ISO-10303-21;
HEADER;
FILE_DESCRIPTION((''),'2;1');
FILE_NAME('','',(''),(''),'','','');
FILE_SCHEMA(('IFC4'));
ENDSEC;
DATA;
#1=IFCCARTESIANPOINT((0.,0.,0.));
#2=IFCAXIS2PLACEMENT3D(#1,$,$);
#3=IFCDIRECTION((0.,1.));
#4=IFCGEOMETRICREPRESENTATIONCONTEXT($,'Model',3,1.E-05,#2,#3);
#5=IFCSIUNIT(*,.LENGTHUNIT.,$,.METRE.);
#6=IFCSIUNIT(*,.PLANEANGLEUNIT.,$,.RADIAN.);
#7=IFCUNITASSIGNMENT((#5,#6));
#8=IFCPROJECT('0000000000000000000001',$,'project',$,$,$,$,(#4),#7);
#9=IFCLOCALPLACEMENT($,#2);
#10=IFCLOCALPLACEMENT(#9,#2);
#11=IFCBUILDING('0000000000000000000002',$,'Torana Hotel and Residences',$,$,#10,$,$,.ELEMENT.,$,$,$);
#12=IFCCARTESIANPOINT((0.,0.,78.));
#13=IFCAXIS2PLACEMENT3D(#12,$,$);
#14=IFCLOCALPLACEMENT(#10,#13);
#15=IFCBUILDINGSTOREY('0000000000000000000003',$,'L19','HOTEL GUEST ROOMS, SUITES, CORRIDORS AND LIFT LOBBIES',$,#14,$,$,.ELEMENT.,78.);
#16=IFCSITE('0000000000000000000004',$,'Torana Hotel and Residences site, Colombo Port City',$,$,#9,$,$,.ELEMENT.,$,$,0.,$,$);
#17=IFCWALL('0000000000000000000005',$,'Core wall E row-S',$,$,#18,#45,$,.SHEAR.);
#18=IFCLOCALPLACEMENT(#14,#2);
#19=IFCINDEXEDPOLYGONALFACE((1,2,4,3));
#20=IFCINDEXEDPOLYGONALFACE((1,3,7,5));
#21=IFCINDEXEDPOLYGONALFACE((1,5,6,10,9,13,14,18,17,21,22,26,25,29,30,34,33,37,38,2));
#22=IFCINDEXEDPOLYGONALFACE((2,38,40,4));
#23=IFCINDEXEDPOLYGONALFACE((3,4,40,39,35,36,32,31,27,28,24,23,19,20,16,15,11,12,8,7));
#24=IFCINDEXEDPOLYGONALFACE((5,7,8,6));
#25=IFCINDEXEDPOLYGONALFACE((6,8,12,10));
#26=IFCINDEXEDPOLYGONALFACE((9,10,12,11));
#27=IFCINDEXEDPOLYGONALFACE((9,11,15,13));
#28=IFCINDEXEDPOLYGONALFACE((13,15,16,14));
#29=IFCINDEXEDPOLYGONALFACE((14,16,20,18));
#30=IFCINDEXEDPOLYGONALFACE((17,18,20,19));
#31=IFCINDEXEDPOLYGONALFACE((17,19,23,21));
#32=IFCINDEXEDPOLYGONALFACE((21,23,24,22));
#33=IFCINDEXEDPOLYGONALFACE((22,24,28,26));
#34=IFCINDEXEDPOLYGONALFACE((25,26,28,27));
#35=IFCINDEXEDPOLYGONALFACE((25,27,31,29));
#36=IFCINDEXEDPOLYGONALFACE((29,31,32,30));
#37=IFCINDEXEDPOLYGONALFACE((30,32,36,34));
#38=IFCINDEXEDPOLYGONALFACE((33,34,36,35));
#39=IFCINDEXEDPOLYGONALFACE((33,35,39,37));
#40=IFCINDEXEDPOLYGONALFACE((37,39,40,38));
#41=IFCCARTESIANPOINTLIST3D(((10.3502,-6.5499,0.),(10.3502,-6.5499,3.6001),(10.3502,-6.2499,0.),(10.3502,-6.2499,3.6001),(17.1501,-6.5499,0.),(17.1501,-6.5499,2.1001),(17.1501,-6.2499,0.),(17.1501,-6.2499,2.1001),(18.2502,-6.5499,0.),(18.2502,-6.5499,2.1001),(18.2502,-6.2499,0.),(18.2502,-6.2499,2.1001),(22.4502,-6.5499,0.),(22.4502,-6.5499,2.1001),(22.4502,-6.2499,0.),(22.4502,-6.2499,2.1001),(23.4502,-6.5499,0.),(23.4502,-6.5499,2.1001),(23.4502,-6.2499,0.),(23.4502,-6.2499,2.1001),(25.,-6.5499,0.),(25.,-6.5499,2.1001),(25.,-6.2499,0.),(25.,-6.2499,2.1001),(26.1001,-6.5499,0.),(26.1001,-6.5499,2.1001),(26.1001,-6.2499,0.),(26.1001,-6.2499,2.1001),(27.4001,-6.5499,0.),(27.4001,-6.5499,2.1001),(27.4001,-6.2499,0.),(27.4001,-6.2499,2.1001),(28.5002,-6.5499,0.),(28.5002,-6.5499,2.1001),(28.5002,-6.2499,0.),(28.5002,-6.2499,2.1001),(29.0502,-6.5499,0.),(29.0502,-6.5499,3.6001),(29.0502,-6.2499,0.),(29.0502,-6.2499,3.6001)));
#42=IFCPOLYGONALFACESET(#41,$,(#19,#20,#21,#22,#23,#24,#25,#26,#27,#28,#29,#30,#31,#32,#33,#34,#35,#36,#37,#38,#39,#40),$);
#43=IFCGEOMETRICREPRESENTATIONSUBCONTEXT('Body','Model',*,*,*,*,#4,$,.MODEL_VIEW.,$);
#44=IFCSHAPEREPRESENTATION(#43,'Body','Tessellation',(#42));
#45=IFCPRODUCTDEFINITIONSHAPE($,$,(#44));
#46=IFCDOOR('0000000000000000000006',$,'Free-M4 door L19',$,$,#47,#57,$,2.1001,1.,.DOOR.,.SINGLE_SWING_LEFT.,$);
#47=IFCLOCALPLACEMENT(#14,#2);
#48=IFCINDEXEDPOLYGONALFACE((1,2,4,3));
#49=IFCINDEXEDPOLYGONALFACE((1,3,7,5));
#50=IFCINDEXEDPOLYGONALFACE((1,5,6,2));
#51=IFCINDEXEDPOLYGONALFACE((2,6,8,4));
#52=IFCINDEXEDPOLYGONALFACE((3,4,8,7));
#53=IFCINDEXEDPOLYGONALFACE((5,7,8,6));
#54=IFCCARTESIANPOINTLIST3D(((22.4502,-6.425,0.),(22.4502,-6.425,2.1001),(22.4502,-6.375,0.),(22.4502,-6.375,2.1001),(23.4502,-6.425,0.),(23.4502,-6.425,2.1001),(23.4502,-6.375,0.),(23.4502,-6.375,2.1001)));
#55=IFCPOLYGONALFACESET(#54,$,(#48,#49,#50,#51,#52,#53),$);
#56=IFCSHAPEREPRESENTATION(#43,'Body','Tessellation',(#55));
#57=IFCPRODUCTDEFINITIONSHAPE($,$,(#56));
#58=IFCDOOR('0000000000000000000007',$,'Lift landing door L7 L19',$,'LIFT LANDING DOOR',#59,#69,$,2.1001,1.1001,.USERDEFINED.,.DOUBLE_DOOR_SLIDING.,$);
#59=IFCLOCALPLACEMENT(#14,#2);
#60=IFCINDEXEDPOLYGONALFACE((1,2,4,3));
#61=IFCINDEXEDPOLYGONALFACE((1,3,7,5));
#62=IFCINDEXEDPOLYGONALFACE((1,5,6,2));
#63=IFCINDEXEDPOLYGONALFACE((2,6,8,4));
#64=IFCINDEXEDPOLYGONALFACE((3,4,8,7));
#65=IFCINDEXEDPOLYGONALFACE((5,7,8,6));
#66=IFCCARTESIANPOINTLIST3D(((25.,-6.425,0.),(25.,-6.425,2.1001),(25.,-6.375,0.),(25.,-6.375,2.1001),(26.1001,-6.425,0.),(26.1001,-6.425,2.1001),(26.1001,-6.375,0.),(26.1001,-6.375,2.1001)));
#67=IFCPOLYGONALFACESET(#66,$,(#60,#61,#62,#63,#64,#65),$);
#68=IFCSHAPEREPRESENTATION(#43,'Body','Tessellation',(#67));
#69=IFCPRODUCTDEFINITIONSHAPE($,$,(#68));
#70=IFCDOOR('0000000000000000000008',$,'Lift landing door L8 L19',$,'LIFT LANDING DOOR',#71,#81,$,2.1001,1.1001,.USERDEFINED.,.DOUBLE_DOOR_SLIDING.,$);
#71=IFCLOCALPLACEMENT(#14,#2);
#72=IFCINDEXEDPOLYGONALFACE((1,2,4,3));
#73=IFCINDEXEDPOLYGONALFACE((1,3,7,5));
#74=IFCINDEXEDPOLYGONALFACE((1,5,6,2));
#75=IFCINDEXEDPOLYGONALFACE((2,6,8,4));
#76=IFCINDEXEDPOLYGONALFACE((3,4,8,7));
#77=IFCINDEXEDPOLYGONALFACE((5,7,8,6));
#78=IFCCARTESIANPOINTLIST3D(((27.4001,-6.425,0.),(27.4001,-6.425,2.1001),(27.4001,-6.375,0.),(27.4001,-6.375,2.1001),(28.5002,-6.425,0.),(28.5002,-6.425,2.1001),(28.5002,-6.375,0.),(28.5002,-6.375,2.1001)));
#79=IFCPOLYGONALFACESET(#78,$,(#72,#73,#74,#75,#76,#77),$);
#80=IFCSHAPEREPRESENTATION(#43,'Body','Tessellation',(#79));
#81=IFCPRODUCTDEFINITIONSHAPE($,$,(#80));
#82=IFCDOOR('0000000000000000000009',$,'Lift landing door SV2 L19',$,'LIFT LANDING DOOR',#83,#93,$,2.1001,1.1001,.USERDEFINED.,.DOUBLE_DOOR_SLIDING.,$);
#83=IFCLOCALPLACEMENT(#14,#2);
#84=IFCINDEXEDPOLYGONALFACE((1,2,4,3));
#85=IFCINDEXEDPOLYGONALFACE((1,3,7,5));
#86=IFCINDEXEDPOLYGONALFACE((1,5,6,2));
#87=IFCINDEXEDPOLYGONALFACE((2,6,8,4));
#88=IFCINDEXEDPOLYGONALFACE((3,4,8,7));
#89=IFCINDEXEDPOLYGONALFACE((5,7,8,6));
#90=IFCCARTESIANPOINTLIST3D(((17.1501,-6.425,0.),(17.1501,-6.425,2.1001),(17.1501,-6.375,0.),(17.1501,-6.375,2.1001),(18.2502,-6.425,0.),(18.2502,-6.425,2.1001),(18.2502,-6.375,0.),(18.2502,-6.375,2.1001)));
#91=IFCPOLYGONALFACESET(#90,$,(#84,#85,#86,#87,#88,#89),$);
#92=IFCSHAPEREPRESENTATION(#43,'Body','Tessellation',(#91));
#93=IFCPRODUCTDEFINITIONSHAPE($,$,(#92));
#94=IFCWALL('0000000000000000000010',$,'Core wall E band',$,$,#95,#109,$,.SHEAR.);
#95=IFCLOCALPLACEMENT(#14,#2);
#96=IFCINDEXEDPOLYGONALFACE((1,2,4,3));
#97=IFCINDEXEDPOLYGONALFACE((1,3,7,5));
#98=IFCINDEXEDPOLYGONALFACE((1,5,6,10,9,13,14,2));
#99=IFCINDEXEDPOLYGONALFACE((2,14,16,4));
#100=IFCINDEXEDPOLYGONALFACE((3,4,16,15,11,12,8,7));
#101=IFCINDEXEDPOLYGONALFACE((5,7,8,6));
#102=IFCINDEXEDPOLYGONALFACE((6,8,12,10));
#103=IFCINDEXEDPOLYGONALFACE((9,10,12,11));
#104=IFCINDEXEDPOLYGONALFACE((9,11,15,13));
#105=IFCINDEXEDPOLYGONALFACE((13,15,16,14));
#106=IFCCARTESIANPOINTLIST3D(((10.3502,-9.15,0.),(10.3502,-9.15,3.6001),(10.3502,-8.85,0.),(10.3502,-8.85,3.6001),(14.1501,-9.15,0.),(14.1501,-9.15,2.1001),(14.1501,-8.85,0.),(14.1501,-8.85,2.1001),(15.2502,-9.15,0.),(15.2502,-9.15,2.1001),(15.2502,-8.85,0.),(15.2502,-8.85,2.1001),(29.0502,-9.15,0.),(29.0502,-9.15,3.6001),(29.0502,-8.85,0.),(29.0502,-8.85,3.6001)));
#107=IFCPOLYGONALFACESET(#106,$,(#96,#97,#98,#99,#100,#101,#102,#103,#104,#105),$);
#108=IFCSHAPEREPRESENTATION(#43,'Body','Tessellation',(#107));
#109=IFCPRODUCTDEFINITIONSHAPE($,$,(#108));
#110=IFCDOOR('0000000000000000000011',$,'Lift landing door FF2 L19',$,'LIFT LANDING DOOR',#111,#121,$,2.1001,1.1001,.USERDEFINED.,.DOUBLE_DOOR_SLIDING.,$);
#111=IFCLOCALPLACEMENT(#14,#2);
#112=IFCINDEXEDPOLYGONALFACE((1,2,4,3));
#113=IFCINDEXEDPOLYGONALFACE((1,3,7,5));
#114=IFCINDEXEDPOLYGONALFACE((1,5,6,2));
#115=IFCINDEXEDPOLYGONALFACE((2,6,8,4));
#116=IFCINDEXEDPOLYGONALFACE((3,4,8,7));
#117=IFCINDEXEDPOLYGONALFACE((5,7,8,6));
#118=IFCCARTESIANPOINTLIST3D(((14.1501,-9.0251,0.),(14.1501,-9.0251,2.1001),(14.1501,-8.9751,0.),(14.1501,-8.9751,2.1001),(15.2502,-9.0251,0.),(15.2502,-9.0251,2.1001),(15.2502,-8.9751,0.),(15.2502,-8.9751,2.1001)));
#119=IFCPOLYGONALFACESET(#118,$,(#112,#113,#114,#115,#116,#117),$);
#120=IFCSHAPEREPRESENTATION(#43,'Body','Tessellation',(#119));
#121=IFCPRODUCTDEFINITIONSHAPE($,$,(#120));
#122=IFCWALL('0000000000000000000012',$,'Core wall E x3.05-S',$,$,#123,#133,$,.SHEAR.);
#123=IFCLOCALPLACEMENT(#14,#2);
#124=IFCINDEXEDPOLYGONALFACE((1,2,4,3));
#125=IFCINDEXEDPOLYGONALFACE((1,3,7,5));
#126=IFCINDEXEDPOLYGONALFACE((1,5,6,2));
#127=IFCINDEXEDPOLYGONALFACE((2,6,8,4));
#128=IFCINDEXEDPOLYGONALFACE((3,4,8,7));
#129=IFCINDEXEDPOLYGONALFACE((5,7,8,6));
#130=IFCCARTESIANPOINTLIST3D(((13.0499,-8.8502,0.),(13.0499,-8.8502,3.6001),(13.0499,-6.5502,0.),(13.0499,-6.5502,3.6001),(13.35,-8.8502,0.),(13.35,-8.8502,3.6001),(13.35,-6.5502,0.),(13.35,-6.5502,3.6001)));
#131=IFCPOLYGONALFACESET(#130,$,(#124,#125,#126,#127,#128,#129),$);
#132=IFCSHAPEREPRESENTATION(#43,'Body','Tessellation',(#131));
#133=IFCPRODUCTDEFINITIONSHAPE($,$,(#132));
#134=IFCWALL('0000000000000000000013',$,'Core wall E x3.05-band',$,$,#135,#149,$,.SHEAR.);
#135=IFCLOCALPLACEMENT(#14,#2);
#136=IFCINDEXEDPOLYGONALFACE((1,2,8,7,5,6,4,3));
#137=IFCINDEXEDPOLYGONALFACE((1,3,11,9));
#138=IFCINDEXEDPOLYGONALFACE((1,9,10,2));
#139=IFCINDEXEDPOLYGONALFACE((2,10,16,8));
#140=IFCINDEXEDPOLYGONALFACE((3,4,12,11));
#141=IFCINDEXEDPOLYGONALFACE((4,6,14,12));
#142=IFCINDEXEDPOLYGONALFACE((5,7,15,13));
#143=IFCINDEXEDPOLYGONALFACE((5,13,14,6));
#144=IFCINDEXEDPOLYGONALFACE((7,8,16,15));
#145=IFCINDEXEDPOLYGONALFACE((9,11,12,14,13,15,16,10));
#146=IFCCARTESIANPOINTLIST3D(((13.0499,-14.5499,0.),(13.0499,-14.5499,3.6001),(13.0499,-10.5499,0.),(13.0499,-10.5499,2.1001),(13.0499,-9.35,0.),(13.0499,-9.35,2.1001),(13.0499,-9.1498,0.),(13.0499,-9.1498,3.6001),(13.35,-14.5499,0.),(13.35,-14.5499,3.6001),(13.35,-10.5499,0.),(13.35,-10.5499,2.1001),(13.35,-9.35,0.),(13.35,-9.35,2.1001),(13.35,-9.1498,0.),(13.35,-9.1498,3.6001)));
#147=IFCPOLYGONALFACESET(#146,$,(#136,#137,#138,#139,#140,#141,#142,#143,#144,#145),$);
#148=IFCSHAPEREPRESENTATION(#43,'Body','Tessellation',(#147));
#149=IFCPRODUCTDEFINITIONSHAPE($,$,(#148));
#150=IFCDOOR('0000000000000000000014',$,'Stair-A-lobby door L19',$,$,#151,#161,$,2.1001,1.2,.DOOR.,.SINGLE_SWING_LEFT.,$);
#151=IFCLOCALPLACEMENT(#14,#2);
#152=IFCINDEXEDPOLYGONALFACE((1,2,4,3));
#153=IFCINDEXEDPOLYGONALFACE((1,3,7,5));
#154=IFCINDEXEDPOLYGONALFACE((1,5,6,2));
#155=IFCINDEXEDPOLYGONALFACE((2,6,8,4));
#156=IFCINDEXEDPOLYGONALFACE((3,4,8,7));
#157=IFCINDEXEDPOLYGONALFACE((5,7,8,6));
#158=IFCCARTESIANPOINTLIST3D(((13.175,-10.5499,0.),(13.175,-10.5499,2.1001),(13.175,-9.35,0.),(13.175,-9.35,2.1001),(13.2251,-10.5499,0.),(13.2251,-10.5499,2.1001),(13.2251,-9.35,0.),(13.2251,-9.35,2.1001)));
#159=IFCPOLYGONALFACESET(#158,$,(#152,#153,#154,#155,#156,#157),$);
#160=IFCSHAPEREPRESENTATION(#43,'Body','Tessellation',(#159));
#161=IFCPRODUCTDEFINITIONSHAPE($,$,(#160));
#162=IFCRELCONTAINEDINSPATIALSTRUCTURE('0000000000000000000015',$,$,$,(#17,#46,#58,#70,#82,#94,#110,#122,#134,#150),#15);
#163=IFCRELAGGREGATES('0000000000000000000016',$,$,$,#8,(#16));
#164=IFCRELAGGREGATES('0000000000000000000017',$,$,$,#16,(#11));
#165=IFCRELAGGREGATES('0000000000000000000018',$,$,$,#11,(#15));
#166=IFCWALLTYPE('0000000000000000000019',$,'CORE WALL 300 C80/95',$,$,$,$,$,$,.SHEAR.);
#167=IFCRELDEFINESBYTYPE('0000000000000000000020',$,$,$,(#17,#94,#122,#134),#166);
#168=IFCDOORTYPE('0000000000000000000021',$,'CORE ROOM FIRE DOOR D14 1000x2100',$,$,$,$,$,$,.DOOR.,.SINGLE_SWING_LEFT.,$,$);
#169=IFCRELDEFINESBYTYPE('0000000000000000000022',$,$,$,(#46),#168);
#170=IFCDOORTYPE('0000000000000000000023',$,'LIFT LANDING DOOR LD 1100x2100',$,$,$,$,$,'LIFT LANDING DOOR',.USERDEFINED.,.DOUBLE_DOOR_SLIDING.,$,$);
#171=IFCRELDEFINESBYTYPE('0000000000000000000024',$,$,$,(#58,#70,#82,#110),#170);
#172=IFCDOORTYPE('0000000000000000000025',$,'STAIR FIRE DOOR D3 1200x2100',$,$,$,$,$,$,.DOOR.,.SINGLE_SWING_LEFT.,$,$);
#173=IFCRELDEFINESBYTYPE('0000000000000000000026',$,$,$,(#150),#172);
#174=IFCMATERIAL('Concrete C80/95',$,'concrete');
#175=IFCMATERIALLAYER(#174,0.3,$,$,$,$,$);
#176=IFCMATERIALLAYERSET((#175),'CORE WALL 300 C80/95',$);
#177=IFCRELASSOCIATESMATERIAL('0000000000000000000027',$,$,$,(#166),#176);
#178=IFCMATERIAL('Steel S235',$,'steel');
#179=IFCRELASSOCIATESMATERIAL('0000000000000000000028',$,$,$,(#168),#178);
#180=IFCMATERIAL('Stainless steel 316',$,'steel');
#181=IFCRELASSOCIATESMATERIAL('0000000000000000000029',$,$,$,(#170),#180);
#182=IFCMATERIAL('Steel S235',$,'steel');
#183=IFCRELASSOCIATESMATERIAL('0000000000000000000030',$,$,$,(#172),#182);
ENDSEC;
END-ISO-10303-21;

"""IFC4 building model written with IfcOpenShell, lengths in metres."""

from ifc_helpers import new_model, si_unit, direction, frame, frame_2d, origin, place, context, subcontext, project, spatial, rectangle, extrude, material, layer, layer_set, type_object, element, fill, save


model = new_model("IFC4")

# Units and contexts
model_context = context("Model", 3, precision=1e-05, world=origin(), true_north=direction((0.0, 1.0)))
body_context = subcontext(model_context, "Body", "Model", "MODEL_VIEW")
ifc_project = project(units=[si_unit("LENGTHUNIT", "METRE"), si_unit("PLANEANGLEUNIT", "RADIAN")], contexts=[model_context])

# Site, building, storey
site_placement = place(None, origin())
site = spatial("IfcSite", under=ifc_project, at=site_placement, Name="Torana Hotel and Residences site, Colombo Port City", CompositionType="ELEMENT", RefElevation=0.0)
building_placement = place(site_placement, origin())
building = spatial("IfcBuilding", under=site, at=building_placement, Name="Torana Hotel and Residences", CompositionType="ELEMENT")
storey_placement = place(building_placement, frame((0.0, 0.0, 78.0)))
storey = spatial("IfcBuildingStorey", under=building, at=storey_placement, Name="L19", Description="HOTEL GUEST ROOMS, SUITES, CORRIDORS AND LIFT LOBBIES", CompositionType="ELEMENT", Elevation=78.0)

# Wall, openings, doors
ifc_material_1 = material(Name="Concrete C80/95", Category="concrete")
ifc_layer_1 = layer(ifc_material_1, 0.3)
ifc_layer_set_1 = layer_set([ifc_layer_1], Name="CORE WALL 300 C80/95")
wall_type_1 = type_object("IfcWallType", Name="CORE WALL 300 C80/95", PredefinedType="SHEAR", material=ifc_layer_set_1)
wall_1_placement = place(storey_placement, frame((10.3501, -6.3999, 0.0), z_axis=(0.0, 0.0, 1.0), x_axis=(1.0, 0.0, 0.0)))
wall_1 = element("IfcWall", 1, at=wall_1_placement, inside=storey, type_object=wall_type_1, Name="Core wall E row-S", PredefinedType="SHEAR", context=body_context, shape_type="SweptSolid", body=[
    extrude(rectangle(XDim=18.7, YDim=0.3, at=frame_2d((9.3501, 0.0))), origin(), (0.0, 0.0, 1.0), 3.6001),
])
opening_1_placement = place(wall_1_placement, frame((14.6499, 0.0, 0.0)))
opening_1 = element("IfcOpeningElement", 2, at=opening_1_placement, cuts=wall_1, PredefinedType="OPENING", context=body_context, shape_type="SweptSolid", body=[
    extrude(rectangle(XDim=1.1001, YDim=2.1001, at=frame_2d((0.55, 1.05))), frame((0.0, 0.1599, 0.0), z_axis=(0.0, -1.0, 0.0), x_axis=(1.0, 0.0, 0.0)), (0.0, 0.0, 1.0), 0.3201),
])
opening_2_placement = place(wall_1_placement, frame((17.05, 0.0, 0.0)))
opening_2 = element("IfcOpeningElement", 3, at=opening_2_placement, cuts=wall_1, PredefinedType="OPENING", context=body_context, shape_type="SweptSolid", body=[
    extrude(rectangle(XDim=1.1001, YDim=2.1001, at=frame_2d((0.55, 1.05))), frame((0.0, 0.1599, 0.0), z_axis=(0.0, -1.0, 0.0), x_axis=(1.0, 0.0, 0.0)), (0.0, 0.0, 1.0), 0.3201),
])
opening_3_placement = place(wall_1_placement, frame((6.8, 0.0, 0.0)))
opening_3 = element("IfcOpeningElement", 4, at=opening_3_placement, cuts=wall_1, PredefinedType="OPENING", context=body_context, shape_type="SweptSolid", body=[
    extrude(rectangle(XDim=1.1001, YDim=2.1001, at=frame_2d((0.55, 1.05))), frame((0.0, 0.1599, 0.0), z_axis=(0.0, -1.0, 0.0), x_axis=(1.0, 0.0, 0.0)), (0.0, 0.0, 1.0), 0.3201),
])
opening_4_placement = place(wall_1_placement, frame((12.1001, 0.0, 0.0)))
opening_4 = element("IfcOpeningElement", 5, at=opening_4_placement, cuts=wall_1, PredefinedType="OPENING", context=body_context, shape_type="SweptSolid", body=[
    extrude(rectangle(XDim=1.0, YDim=2.1001, at=frame_2d((0.5, 1.05))), frame((0.0, 0.1599, 0.0), z_axis=(0.0, -1.0, 0.0), x_axis=(1.0, 0.0, 0.0)), (0.0, 0.0, 1.0), 0.3201),
])
ifc_material_2 = material(Name="Steel S235", Category="steel")
door_type_1 = type_object("IfcDoorType", Name="CORE ROOM FIRE DOOR D14 1000x2100", OperationType="SINGLE_SWING_LEFT", PredefinedType="DOOR", material=ifc_material_2)
door_1_placement = place(opening_4_placement, frame((0.5, 0.0, 0.0), z_axis=(0.0, 0.0, 1.0), x_axis=(-1.0, 0.0, 0.0)))
door_1 = element("IfcDoor", 6, at=door_1_placement, inside=storey, type_object=door_type_1, Name="Free-M4 door L19", OperationType="SINGLE_SWING_LEFT", OverallHeight=2.1001, OverallWidth=1.0, PredefinedType="DOOR", context=body_context, shape_type="SweptSolid", body=[
    extrude(rectangle(XDim=1.0, YDim=2.1001, at=frame_2d((0.0, 1.05))), frame((0.0, -0.0249, 0.0), z_axis=(0.0, 1.0, 0.0), x_axis=(-1.0, 0.0, 0.0)), (0.0, 0.0, 1.0), 0.05),
])
fill(opening_4, door_1)
ifc_material_3 = material(Name="Stainless steel 316", Category="steel")
door_type_2 = type_object("IfcDoorType", Name="LIFT LANDING DOOR LD 1100x2100", ElementType="LIFT LANDING DOOR", OperationType="DOUBLE_DOOR_SLIDING", PredefinedType="USERDEFINED", material=ifc_material_3)
door_2_placement = place(opening_1_placement, origin())
door_2 = element("IfcDoor", 7, at=door_2_placement, inside=storey, type_object=door_type_2, Name="Lift landing door L7 L19", ObjectType="LIFT LANDING DOOR", OperationType="DOUBLE_DOOR_SLIDING", OverallHeight=2.1001, OverallWidth=1.1001, PredefinedType="USERDEFINED", context=body_context, shape_type="SweptSolid", body=[
    extrude(rectangle(XDim=1.1001, YDim=2.1001, at=frame_2d((0.55, 1.05))), frame((0.0, 0.0249, 0.0), z_axis=(0.0, -1.0, 0.0), x_axis=(1.0, 0.0, 0.0)), (0.0, 0.0, 1.0), 0.05),
])
fill(opening_1, door_2)
door_3_placement = place(opening_2_placement, origin())
door_3 = element("IfcDoor", 8, at=door_3_placement, inside=storey, type_object=door_type_2, Name="Lift landing door L8 L19", ObjectType="LIFT LANDING DOOR", OperationType="DOUBLE_DOOR_SLIDING", OverallHeight=2.1001, OverallWidth=1.1001, PredefinedType="USERDEFINED", context=body_context, shape_type="SweptSolid", body=[
    extrude(rectangle(XDim=1.1001, YDim=2.1001, at=frame_2d((0.55, 1.05))), frame((0.0, 0.0249, 0.0), z_axis=(0.0, -1.0, 0.0), x_axis=(1.0, 0.0, 0.0)), (0.0, 0.0, 1.0), 0.05),
])
fill(opening_2, door_3)
door_4_placement = place(opening_3_placement, origin())
door_4 = element("IfcDoor", 9, at=door_4_placement, inside=storey, type_object=door_type_2, Name="Lift landing door SV2 L19", ObjectType="LIFT LANDING DOOR", OperationType="DOUBLE_DOOR_SLIDING", OverallHeight=2.1001, OverallWidth=1.1001, PredefinedType="USERDEFINED", context=body_context, shape_type="SweptSolid", body=[
    extrude(rectangle(XDim=1.1001, YDim=2.1001, at=frame_2d((0.55, 1.05))), frame((0.0, 0.0249, 0.0), z_axis=(0.0, -1.0, 0.0), x_axis=(1.0, 0.0, 0.0)), (0.0, 0.0, 1.0), 0.05),
])
fill(opening_3, door_4)

# Wall, opening, door
wall_2_placement = place(storey_placement, frame((10.3501, -9.0, 0.0), z_axis=(0.0, 0.0, 1.0), x_axis=(1.0, 0.0, 0.0)))
wall_2 = element("IfcWall", 10, at=wall_2_placement, inside=storey, type_object=wall_type_1, Name="Core wall E band", PredefinedType="SHEAR", context=body_context, shape_type="SweptSolid", body=[
    extrude(rectangle(XDim=18.7, YDim=0.3, at=frame_2d((9.3501, 0.0))), origin(), (0.0, 0.0, 1.0), 3.6001),
])
opening_5_placement = place(wall_2_placement, frame((3.8, 0.0, 0.0)))
opening_5 = element("IfcOpeningElement", 11, at=opening_5_placement, cuts=wall_2, PredefinedType="OPENING", context=body_context, shape_type="SweptSolid", body=[
    extrude(rectangle(XDim=1.1001, YDim=2.1001, at=frame_2d((0.55, 1.05))), frame((0.0, 0.1599, 0.0), z_axis=(0.0, -1.0, 0.0), x_axis=(1.0, 0.0, 0.0)), (0.0, 0.0, 1.0), 0.3201),
])
door_5_placement = place(opening_5_placement, origin())
door_5 = element("IfcDoor", 12, at=door_5_placement, inside=storey, type_object=door_type_2, Name="Lift landing door FF2 L19", ObjectType="LIFT LANDING DOOR", OperationType="DOUBLE_DOOR_SLIDING", OverallHeight=2.1001, OverallWidth=1.1001, PredefinedType="USERDEFINED", context=body_context, shape_type="SweptSolid", body=[
    extrude(rectangle(XDim=1.1001, YDim=2.1001, at=frame_2d((0.55, 1.05))), frame((0.0, 0.0249, 0.0), z_axis=(0.0, -1.0, 0.0), x_axis=(1.0, 0.0, 0.0)), (0.0, 0.0, 1.0), 0.05),
])
fill(opening_5, door_5)

# Wall
wall_3_placement = place(storey_placement, frame((13.2, -8.8501, 0.0), z_axis=(0.0, 0.0, 1.0), x_axis=(0.0, 1.0, 0.0)))
element("IfcWall", 13, at=wall_3_placement, inside=storey, type_object=wall_type_1, Name="Core wall E x3.05-S", PredefinedType="SHEAR", context=body_context, shape_type="SweptSolid", body=[
    extrude(rectangle(XDim=2.3, YDim=0.3, at=frame_2d((1.1499, 0.0))), origin(), (0.0, 0.0, 1.0), 3.6001),
])

# Wall, opening, door
wall_4_placement = place(storey_placement, frame((13.2, -14.55, 0.0), z_axis=(0.0, 0.0, 1.0), x_axis=(0.0, 1.0, 0.0)))
wall_4 = element("IfcWall", 14, at=wall_4_placement, inside=storey, type_object=wall_type_1, Name="Core wall E x3.05-band", PredefinedType="SHEAR", context=body_context, shape_type="SweptSolid", body=[
    extrude(rectangle(XDim=5.4001, YDim=0.3, at=frame_2d((2.7002, 0.0))), origin(), (0.0, 0.0, 1.0), 3.6001),
])
opening_6_placement = place(wall_4_placement, frame((4.0, 0.0, 0.0)))
opening_6 = element("IfcOpeningElement", 15, at=opening_6_placement, cuts=wall_4, PredefinedType="OPENING", context=body_context, shape_type="SweptSolid", body=[
    extrude(rectangle(XDim=1.2, YDim=2.1001, at=frame_2d((0.6001, 1.05))), frame((0.0, 0.1599, 0.0), z_axis=(0.0, -1.0, 0.0), x_axis=(1.0, 0.0, 0.0)), (0.0, 0.0, 1.0), 0.3201),
])
ifc_material_4 = material(Name="Steel S235", Category="steel")
door_type_3 = type_object("IfcDoorType", Name="STAIR FIRE DOOR D3 1200x2100", OperationType="SINGLE_SWING_LEFT", PredefinedType="DOOR", material=ifc_material_4)
door_6_placement = place(opening_6_placement, origin())
door_6 = element("IfcDoor", 16, at=door_6_placement, inside=storey, type_object=door_type_3, Name="Stair-A-lobby door L19", OperationType="SINGLE_SWING_LEFT", OverallHeight=2.1001, OverallWidth=1.2, PredefinedType="DOOR", context=body_context, shape_type="SweptSolid", body=[
    extrude(rectangle(XDim=1.2, YDim=2.1001, at=frame_2d((0.6001, 1.05))), frame((0.0, 0.0249, 0.0), z_axis=(0.0, -1.0, 0.0), x_axis=(1.0, 0.0, 0.0)), (0.0, 0.0, 1.0), 0.05),
])
fill(opening_6, door_6)

save(model, "model.ifc")
